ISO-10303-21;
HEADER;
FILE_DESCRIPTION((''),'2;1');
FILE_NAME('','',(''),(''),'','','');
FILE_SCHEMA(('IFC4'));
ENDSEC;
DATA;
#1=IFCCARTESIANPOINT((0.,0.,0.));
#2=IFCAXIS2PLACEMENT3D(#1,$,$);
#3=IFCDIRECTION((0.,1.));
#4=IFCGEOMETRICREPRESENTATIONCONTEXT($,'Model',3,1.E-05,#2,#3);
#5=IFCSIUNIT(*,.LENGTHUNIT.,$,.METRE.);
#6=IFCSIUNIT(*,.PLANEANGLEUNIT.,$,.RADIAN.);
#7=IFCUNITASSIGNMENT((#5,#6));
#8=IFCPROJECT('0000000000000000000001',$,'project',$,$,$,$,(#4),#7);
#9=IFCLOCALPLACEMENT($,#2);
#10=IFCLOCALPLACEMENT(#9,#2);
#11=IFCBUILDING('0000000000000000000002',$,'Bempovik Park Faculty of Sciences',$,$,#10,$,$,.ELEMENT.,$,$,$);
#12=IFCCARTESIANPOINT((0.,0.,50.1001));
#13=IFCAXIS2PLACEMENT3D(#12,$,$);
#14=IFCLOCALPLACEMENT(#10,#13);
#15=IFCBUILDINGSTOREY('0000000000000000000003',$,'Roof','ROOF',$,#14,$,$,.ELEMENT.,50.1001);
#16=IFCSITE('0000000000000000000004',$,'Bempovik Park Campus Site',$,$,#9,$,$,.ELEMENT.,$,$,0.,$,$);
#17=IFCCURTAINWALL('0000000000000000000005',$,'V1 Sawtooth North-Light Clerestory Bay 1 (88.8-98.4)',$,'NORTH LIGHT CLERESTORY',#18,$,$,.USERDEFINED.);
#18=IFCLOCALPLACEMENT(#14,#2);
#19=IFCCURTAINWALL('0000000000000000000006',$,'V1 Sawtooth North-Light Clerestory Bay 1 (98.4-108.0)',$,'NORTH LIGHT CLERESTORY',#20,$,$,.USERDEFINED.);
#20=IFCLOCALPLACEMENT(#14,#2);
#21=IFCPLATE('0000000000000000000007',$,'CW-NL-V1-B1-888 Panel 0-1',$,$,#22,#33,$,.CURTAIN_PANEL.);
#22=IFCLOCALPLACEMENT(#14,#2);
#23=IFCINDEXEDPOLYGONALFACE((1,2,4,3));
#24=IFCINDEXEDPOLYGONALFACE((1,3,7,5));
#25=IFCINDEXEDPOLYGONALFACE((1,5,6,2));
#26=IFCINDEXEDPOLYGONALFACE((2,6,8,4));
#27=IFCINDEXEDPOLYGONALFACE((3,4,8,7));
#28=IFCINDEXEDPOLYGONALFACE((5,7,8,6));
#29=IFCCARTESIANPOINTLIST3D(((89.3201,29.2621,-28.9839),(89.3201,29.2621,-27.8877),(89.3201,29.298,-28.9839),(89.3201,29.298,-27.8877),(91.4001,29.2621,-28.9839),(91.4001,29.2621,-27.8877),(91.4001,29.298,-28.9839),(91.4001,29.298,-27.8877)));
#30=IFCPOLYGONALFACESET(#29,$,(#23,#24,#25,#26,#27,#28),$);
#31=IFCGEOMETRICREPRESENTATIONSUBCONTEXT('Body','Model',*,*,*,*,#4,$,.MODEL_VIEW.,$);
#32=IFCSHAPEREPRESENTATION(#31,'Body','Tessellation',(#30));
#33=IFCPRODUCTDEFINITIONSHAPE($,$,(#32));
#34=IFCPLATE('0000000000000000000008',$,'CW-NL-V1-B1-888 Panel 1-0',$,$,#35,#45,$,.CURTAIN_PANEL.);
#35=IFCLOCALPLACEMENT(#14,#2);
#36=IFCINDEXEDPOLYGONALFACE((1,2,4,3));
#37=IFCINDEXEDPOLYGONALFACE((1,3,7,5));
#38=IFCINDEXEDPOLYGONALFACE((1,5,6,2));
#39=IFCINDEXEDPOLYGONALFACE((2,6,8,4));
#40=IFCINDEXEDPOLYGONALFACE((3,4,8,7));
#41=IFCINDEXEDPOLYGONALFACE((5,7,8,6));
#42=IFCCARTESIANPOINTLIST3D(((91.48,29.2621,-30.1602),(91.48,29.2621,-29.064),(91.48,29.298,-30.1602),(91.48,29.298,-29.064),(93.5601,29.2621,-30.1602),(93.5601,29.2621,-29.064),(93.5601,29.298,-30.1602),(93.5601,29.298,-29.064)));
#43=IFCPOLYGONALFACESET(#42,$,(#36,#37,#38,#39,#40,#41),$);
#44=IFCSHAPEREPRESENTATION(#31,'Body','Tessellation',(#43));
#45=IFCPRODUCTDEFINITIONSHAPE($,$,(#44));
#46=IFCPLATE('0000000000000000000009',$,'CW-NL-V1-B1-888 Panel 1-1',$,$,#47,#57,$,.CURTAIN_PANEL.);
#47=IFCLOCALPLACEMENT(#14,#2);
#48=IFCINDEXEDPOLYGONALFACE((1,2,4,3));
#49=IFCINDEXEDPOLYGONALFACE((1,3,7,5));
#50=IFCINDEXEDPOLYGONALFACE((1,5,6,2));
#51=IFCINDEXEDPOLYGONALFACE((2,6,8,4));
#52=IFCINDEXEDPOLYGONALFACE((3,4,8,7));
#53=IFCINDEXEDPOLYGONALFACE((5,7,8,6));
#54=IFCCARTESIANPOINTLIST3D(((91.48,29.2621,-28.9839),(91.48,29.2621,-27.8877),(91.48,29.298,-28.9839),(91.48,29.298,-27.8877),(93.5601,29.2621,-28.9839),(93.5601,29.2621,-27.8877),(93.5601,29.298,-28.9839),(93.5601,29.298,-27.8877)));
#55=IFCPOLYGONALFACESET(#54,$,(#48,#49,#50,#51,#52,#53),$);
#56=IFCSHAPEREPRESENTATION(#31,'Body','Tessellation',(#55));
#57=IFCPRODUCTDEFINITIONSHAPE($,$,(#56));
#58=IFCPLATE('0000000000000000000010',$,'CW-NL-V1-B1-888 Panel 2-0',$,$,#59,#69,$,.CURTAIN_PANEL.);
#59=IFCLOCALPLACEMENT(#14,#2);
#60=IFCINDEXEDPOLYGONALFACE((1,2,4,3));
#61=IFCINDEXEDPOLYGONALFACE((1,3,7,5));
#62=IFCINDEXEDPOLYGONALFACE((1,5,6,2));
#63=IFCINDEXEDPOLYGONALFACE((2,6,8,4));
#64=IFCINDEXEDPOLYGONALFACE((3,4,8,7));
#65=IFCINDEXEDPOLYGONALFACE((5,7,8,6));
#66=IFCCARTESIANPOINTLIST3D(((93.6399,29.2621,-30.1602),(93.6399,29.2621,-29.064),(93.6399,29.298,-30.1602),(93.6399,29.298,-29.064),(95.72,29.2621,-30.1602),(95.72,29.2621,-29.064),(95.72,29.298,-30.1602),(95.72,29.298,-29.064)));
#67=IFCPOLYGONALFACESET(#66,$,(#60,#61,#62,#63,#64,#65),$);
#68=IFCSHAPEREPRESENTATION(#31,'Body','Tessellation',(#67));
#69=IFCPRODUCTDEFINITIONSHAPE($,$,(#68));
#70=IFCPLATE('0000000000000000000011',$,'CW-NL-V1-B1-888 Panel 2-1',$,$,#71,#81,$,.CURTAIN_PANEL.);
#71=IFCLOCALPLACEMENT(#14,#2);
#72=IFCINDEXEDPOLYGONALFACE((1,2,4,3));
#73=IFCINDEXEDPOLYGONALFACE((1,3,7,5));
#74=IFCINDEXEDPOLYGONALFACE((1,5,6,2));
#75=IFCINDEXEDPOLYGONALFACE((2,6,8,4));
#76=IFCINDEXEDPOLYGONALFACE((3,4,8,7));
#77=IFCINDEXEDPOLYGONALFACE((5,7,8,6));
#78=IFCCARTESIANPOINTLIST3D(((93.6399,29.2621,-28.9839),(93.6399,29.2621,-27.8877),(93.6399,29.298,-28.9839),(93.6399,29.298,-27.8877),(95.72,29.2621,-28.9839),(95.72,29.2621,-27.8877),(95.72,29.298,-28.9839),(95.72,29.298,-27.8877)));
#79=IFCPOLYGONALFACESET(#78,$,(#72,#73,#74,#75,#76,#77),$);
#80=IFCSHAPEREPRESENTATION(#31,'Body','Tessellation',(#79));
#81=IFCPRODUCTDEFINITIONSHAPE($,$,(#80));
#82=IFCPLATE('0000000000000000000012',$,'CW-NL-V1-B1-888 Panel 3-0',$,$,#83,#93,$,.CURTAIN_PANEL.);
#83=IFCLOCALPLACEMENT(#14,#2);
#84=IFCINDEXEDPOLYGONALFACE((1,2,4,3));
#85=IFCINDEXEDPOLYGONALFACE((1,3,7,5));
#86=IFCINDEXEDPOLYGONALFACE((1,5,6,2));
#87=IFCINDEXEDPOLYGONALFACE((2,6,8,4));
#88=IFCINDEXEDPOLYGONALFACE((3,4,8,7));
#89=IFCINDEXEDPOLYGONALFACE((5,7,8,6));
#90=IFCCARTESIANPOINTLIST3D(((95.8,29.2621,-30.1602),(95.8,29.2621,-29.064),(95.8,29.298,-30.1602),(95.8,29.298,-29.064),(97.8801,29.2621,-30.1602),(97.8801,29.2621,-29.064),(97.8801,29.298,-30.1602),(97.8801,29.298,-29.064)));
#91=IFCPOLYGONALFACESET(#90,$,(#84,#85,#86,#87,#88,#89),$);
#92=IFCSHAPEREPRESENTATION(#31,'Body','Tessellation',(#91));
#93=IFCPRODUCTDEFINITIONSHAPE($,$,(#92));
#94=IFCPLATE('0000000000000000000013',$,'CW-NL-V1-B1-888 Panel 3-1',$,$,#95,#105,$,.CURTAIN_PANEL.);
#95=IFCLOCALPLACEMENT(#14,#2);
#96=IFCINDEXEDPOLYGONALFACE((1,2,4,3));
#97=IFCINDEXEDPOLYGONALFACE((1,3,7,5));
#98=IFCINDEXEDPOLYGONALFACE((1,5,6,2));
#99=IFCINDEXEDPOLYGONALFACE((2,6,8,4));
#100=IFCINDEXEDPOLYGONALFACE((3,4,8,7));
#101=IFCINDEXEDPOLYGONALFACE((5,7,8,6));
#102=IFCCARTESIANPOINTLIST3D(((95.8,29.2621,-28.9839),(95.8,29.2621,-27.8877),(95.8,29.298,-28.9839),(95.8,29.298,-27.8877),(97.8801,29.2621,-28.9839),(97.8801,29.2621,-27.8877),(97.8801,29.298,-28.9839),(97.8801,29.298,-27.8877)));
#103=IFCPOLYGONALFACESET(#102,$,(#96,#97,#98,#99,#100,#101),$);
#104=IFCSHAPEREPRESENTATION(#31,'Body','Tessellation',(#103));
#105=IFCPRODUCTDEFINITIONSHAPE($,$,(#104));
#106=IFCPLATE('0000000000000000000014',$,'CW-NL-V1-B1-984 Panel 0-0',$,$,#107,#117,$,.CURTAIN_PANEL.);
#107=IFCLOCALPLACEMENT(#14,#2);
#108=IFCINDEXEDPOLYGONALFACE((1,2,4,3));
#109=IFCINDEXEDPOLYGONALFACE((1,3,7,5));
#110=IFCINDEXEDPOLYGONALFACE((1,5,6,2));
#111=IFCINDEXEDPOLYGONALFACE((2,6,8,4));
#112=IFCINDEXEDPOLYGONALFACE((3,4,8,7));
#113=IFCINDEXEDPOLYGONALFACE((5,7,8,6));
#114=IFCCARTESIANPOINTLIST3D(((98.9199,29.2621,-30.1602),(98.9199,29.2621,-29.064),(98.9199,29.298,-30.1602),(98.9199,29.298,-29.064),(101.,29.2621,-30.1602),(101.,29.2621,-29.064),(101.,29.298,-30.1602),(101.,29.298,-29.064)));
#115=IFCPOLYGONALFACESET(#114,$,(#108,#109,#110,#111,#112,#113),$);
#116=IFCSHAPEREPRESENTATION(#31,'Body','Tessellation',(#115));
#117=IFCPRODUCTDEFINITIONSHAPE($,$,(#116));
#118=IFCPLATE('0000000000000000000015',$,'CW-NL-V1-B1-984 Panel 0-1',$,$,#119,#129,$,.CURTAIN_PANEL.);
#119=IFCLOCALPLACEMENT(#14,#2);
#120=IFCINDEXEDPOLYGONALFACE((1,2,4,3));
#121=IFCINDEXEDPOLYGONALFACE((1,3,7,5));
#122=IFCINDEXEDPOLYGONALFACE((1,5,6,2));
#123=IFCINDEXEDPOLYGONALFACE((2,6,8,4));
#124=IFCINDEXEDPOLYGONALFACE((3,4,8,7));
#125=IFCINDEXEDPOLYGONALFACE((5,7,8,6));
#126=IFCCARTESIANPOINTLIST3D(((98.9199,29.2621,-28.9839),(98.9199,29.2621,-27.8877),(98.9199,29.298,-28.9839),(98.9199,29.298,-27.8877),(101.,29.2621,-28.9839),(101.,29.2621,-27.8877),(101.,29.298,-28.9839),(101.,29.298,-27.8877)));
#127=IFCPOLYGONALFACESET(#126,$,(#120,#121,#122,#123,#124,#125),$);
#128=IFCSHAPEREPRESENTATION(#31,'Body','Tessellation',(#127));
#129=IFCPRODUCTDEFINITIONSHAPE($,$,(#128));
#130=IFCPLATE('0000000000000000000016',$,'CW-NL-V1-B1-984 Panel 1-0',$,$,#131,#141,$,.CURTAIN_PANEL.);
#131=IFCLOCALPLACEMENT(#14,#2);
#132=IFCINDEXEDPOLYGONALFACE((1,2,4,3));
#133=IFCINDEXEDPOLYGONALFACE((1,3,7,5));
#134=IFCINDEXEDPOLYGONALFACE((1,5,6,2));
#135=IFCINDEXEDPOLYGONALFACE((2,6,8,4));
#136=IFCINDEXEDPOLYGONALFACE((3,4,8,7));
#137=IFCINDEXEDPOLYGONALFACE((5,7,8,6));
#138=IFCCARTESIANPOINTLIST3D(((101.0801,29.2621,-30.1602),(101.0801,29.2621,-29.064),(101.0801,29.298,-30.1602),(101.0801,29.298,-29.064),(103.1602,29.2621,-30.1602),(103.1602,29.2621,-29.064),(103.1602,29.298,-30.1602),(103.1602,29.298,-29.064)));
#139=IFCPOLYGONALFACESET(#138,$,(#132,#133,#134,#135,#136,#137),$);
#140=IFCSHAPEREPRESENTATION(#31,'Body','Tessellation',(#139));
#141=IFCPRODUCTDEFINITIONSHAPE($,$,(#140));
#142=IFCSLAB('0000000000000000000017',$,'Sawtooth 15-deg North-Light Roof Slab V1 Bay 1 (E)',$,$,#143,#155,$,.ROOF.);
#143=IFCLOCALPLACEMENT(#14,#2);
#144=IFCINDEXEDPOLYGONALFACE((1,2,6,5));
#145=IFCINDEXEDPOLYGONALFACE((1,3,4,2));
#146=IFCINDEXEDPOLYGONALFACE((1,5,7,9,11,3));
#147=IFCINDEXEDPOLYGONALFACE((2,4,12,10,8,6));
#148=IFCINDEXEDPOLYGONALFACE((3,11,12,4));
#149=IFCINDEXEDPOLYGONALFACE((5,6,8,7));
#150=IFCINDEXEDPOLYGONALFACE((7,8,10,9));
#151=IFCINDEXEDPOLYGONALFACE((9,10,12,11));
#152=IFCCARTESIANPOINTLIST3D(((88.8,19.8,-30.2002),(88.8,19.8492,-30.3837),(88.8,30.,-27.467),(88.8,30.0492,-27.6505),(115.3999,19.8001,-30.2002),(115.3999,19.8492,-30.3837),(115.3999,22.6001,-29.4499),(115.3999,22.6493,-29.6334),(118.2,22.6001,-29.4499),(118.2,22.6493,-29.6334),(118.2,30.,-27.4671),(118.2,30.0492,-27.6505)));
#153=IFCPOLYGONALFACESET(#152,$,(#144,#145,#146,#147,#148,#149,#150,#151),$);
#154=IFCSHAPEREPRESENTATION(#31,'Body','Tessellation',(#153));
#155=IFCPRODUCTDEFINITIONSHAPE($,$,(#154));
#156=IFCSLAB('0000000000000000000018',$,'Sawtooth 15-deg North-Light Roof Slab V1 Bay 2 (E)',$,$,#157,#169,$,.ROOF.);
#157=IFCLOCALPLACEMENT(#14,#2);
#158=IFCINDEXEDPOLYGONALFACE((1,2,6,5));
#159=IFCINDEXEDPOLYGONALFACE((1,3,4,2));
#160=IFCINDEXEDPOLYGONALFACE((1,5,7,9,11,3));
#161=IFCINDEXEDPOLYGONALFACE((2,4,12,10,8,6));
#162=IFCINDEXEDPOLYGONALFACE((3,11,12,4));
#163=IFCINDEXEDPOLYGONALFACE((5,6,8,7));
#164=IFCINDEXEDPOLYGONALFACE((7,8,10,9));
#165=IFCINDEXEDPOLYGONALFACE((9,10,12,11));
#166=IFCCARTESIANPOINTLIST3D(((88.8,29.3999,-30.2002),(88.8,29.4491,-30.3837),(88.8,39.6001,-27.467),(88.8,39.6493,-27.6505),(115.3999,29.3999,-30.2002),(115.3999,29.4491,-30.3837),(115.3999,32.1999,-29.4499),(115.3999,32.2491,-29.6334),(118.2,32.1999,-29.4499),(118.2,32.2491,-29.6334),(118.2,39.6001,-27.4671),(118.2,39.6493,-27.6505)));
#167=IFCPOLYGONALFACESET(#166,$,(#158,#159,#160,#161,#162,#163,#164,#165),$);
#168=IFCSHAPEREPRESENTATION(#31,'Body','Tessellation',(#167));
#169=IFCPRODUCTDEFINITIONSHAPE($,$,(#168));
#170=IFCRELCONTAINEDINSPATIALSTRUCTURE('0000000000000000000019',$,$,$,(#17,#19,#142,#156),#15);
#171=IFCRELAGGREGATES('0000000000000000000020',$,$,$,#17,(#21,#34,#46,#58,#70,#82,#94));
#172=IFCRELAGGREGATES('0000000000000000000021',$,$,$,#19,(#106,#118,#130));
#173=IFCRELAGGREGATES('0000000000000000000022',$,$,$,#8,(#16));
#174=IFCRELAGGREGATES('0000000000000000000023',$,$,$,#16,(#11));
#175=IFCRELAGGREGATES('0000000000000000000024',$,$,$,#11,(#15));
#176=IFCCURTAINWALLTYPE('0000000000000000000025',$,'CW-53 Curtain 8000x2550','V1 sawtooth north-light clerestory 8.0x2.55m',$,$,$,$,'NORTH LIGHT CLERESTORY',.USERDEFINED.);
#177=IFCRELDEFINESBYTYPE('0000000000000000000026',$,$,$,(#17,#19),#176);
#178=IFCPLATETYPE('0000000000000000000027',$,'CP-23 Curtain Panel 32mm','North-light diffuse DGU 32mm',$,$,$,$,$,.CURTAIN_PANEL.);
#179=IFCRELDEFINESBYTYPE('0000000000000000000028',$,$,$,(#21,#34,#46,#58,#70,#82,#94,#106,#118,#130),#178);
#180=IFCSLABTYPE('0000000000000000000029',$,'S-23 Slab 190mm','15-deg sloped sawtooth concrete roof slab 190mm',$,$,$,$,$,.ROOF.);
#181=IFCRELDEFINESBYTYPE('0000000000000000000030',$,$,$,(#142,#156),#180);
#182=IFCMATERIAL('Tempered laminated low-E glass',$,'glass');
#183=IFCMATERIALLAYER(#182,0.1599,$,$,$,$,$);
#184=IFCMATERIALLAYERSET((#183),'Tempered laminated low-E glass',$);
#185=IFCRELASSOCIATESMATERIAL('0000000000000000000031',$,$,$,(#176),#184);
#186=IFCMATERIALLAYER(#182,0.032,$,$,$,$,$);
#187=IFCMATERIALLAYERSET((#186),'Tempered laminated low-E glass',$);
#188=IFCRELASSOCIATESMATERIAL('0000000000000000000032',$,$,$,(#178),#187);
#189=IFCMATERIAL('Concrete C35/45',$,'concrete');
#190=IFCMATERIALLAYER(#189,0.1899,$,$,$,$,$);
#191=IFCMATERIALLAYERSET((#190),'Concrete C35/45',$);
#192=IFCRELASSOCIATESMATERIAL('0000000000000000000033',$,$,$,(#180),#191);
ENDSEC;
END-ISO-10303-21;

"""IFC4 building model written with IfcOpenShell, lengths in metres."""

from ifc_helpers import new_model, si_unit, direction, frame, origin, origin_2d, place, context, subcontext, project, spatial, polyline, rectangle, outline, extrude, material, layer, layer_set, type_object, element, aggregate, save


model = new_model("IFC4")

# Units and contexts
model_context = context("Model", 3, precision=1e-05, world=origin(), true_north=direction((0.0, 1.0)))
body_context = subcontext(model_context, "Body", "Model", "MODEL_VIEW")
ifc_project = project(units=[si_unit("LENGTHUNIT", "METRE"), si_unit("PLANEANGLEUNIT", "RADIAN")], contexts=[model_context])

# Site, building, storey
site_placement = place(None, origin())
site = spatial("IfcSite", under=ifc_project, at=site_placement, Name="Bempovik Park Campus Site", CompositionType="ELEMENT", RefElevation=0.0)
building_placement = place(site_placement, origin())
building = spatial("IfcBuilding", under=site, at=building_placement, Name="Bempovik Park Faculty of Sciences", CompositionType="ELEMENT")
storey_placement = place(building_placement, frame((0.0, 0.0, 50.1001)))
storey = spatial("IfcBuildingStorey", under=building, at=storey_placement, Name="Roof", Description="ROOF", CompositionType="ELEMENT", Elevation=50.1001)

# Curtain walls
ifc_material_1 = material(Name="Tempered laminated low-E glass", Category="glass")
ifc_layer_1 = layer(ifc_material_1, 0.1599)
ifc_layer_set_1 = layer_set([ifc_layer_1], Name="Tempered laminated low-E glass")
curtain_wall_type = type_object("IfcCurtainWallType", Name="CW-53 Curtain 8000x2550", Description="V1 sawtooth north-light clerestory 8.0x2.55m", ElementType="NORTH LIGHT CLERESTORY", PredefinedType="USERDEFINED", material=ifc_layer_set_1)
curtain_wall_1_placement = place(storey_placement, origin())
curtain_wall_1 = element("IfcCurtainWall", 1, at=curtain_wall_1_placement, inside=storey, type_object=curtain_wall_type, Name="V1 Sawtooth North-Light Clerestory Bay 1 (88.8-98.4)", ObjectType="NORTH LIGHT CLERESTORY", PredefinedType="USERDEFINED")
curtain_wall_2_placement = place(storey_placement, origin())
curtain_wall_2 = element("IfcCurtainWall", 2, at=curtain_wall_2_placement, inside=storey, type_object=curtain_wall_type, Name="V1 Sawtooth North-Light Clerestory Bay 1 (98.4-108.0)", ObjectType="NORTH LIGHT CLERESTORY", PredefinedType="USERDEFINED")

# Plates
ifc_layer_2 = layer(ifc_material_1, 0.032)
ifc_layer_set_2 = layer_set([ifc_layer_2], Name="Tempered laminated low-E glass")
plate_type = type_object("IfcPlateType", Name="CP-23 Curtain Panel 32mm", Description="North-light diffuse DGU 32mm", PredefinedType="CURTAIN_PANEL", material=ifc_layer_set_2)
plate_1_placement = place(storey_placement, frame((90.3601, 29.28, -28.9839), z_axis=(0.0, 0.0, 1.0), x_axis=(1.0, 0.0, 0.0)))
plate_1 = element("IfcPlate", 3, at=plate_1_placement, type_object=plate_type, Name="CW-NL-V1-B1-888 Panel 0-1", PredefinedType="CURTAIN_PANEL", context=body_context, shape_type="SweptSolid", body=[
    extrude(rectangle(XDim=2.0801, YDim=0.0359, at=origin_2d()), origin(), (0.0, 0.0, 1.0), 1.0962),
])
plate_2_placement = place(storey_placement, frame((92.52, 29.28, -30.1602), z_axis=(0.0, 0.0, 1.0), x_axis=(1.0, 0.0, 0.0)))
plate_2 = element("IfcPlate", 4, at=plate_2_placement, type_object=plate_type, Name="CW-NL-V1-B1-888 Panel 1-0", PredefinedType="CURTAIN_PANEL", context=body_context, shape_type="SweptSolid", body=[
    extrude(rectangle(XDim=2.0801, YDim=0.0359, at=origin_2d()), origin(), (0.0, 0.0, 1.0), 1.0962),
])
plate_3_placement = place(storey_placement, frame((92.52, 29.28, -28.9839), z_axis=(0.0, 0.0, 1.0), x_axis=(1.0, 0.0, 0.0)))
plate_3 = element("IfcPlate", 5, at=plate_3_placement, type_object=plate_type, Name="CW-NL-V1-B1-888 Panel 1-1", PredefinedType="CURTAIN_PANEL", context=body_context, shape_type="SweptSolid", body=[
    extrude(rectangle(XDim=2.0801, YDim=0.0359, at=origin_2d()), origin(), (0.0, 0.0, 1.0), 1.0962),
])
plate_4_placement = place(storey_placement, frame((94.6799, 29.28, -30.1602), z_axis=(0.0, 0.0, 1.0), x_axis=(1.0, 0.0, 0.0)))
plate_4 = element("IfcPlate", 6, at=plate_4_placement, type_object=plate_type, Name="CW-NL-V1-B1-888 Panel 2-0", PredefinedType="CURTAIN_PANEL", context=body_context, shape_type="SweptSolid", body=[
    extrude(rectangle(XDim=2.0801, YDim=0.0359, at=origin_2d()), origin(), (0.0, 0.0, 1.0), 1.0962),
])
plate_5_placement = place(storey_placement, frame((94.6799, 29.28, -28.9839), z_axis=(0.0, 0.0, 1.0), x_axis=(1.0, 0.0, 0.0)))
plate_5 = element("IfcPlate", 7, at=plate_5_placement, type_object=plate_type, Name="CW-NL-V1-B1-888 Panel 2-1", PredefinedType="CURTAIN_PANEL", context=body_context, shape_type="SweptSolid", body=[
    extrude(rectangle(XDim=2.0801, YDim=0.0359, at=origin_2d()), origin(), (0.0, 0.0, 1.0), 1.0962),
])
plate_6_placement = place(storey_placement, frame((96.8401, 29.28, -30.1602), z_axis=(0.0, 0.0, 1.0), x_axis=(1.0, 0.0, 0.0)))
plate_6 = element("IfcPlate", 8, at=plate_6_placement, type_object=plate_type, Name="CW-NL-V1-B1-888 Panel 3-0", PredefinedType="CURTAIN_PANEL", context=body_context, shape_type="SweptSolid", body=[
    extrude(rectangle(XDim=2.0801, YDim=0.0359, at=origin_2d()), origin(), (0.0, 0.0, 1.0), 1.0962),
])
plate_7_placement = place(storey_placement, frame((96.8401, 29.28, -28.9839), z_axis=(0.0, 0.0, 1.0), x_axis=(1.0, 0.0, 0.0)))
plate_7 = element("IfcPlate", 9, at=plate_7_placement, type_object=plate_type, Name="CW-NL-V1-B1-888 Panel 3-1", PredefinedType="CURTAIN_PANEL", context=body_context, shape_type="SweptSolid", body=[
    extrude(rectangle(XDim=2.0801, YDim=0.0359, at=origin_2d()), origin(), (0.0, 0.0, 1.0), 1.0962),
])
aggregate(curtain_wall_1, [plate_1, plate_2, plate_3, plate_4, plate_5, plate_6, plate_7])
plate_8_placement = place(storey_placement, frame((99.96, 29.28, -30.1602), z_axis=(0.0, 0.0, 1.0), x_axis=(1.0, 0.0, 0.0)))
plate_8 = element("IfcPlate", 10, at=plate_8_placement, type_object=plate_type, Name="CW-NL-V1-B1-984 Panel 0-0", PredefinedType="CURTAIN_PANEL", context=body_context, shape_type="SweptSolid", body=[
    extrude(rectangle(XDim=2.0801, YDim=0.0359, at=origin_2d()), origin(), (0.0, 0.0, 1.0), 1.0962),
])
plate_9_placement = place(storey_placement, frame((99.96, 29.28, -28.9839), z_axis=(0.0, 0.0, 1.0), x_axis=(1.0, 0.0, 0.0)))
plate_9 = element("IfcPlate", 11, at=plate_9_placement, type_object=plate_type, Name="CW-NL-V1-B1-984 Panel 0-1", PredefinedType="CURTAIN_PANEL", context=body_context, shape_type="SweptSolid", body=[
    extrude(rectangle(XDim=2.0801, YDim=0.0359, at=origin_2d()), origin(), (0.0, 0.0, 1.0), 1.0962),
])
plate_10_placement = place(storey_placement, frame((102.1201, 29.28, -30.1602), z_axis=(0.0, 0.0, 1.0), x_axis=(1.0, 0.0, 0.0)))
plate_10 = element("IfcPlate", 12, at=plate_10_placement, type_object=plate_type, Name="CW-NL-V1-B1-984 Panel 1-0", PredefinedType="CURTAIN_PANEL", context=body_context, shape_type="SweptSolid", body=[
    extrude(rectangle(XDim=2.0801, YDim=0.0359, at=origin_2d()), origin(), (0.0, 0.0, 1.0), 1.0962),
])
aggregate(curtain_wall_2, [plate_8, plate_9, plate_10])

# Slabs
ifc_material_2 = material(Name="Concrete C35/45", Category="concrete")
ifc_layer_3 = layer(ifc_material_2, 0.1899)
ifc_layer_set_3 = layer_set([ifc_layer_3], Name="Concrete C35/45")
slab_type = type_object("IfcSlabType", Name="S-23 Slab 190mm", Description="15-deg sloped sawtooth concrete roof slab 190mm", PredefinedType="ROOF", material=ifc_layer_set_3)
slab_1_placement = place(storey_placement, frame((88.8, 19.8, -30.2002), z_axis=(0.000001, -0.258827, 0.965924), x_axis=(1.0, 0.0, -0.000001)))
element("IfcSlab", 13, at=slab_1_placement, inside=storey, type_object=slab_type, Name="Sawtooth 15-deg North-Light Roof Slab V1 Bay 1 (E)", PredefinedType="ROOF", context=body_context, shape_type="SweptSolid", body=[
    extrude(outline(polyline([(0.0, 0.0), (26.5999, 0.0), (26.5999, 2.8988), (29.3999, 2.8988), (29.3999, 10.5598), (0.0, 10.5598), (0.0, 0.0)])), origin(), (0.0, 0.0, -1.0), 0.1899),
])
slab_2_placement = place(storey_placement, frame((88.8, 29.3999, -30.2002), z_axis=(0.000001, -0.258821, 0.965925), x_axis=(1.0, 0.0, -0.000001)))
element("IfcSlab", 14, at=slab_2_placement, inside=storey, type_object=slab_type, Name="Sawtooth 15-deg North-Light Roof Slab V1 Bay 2 (E)", PredefinedType="ROOF", context=body_context, shape_type="SweptSolid", body=[
    extrude(outline(polyline([(0.0, 0.0), (26.5999, 0.0), (26.5999, 2.8988), (29.3999, 2.8988), (29.3999, 10.56), (0.0, 10.56), (0.0, 0.0)])), origin(), (0.0, 0.0, -1.0), 0.1899),
])

save(model, "model.ifc")
